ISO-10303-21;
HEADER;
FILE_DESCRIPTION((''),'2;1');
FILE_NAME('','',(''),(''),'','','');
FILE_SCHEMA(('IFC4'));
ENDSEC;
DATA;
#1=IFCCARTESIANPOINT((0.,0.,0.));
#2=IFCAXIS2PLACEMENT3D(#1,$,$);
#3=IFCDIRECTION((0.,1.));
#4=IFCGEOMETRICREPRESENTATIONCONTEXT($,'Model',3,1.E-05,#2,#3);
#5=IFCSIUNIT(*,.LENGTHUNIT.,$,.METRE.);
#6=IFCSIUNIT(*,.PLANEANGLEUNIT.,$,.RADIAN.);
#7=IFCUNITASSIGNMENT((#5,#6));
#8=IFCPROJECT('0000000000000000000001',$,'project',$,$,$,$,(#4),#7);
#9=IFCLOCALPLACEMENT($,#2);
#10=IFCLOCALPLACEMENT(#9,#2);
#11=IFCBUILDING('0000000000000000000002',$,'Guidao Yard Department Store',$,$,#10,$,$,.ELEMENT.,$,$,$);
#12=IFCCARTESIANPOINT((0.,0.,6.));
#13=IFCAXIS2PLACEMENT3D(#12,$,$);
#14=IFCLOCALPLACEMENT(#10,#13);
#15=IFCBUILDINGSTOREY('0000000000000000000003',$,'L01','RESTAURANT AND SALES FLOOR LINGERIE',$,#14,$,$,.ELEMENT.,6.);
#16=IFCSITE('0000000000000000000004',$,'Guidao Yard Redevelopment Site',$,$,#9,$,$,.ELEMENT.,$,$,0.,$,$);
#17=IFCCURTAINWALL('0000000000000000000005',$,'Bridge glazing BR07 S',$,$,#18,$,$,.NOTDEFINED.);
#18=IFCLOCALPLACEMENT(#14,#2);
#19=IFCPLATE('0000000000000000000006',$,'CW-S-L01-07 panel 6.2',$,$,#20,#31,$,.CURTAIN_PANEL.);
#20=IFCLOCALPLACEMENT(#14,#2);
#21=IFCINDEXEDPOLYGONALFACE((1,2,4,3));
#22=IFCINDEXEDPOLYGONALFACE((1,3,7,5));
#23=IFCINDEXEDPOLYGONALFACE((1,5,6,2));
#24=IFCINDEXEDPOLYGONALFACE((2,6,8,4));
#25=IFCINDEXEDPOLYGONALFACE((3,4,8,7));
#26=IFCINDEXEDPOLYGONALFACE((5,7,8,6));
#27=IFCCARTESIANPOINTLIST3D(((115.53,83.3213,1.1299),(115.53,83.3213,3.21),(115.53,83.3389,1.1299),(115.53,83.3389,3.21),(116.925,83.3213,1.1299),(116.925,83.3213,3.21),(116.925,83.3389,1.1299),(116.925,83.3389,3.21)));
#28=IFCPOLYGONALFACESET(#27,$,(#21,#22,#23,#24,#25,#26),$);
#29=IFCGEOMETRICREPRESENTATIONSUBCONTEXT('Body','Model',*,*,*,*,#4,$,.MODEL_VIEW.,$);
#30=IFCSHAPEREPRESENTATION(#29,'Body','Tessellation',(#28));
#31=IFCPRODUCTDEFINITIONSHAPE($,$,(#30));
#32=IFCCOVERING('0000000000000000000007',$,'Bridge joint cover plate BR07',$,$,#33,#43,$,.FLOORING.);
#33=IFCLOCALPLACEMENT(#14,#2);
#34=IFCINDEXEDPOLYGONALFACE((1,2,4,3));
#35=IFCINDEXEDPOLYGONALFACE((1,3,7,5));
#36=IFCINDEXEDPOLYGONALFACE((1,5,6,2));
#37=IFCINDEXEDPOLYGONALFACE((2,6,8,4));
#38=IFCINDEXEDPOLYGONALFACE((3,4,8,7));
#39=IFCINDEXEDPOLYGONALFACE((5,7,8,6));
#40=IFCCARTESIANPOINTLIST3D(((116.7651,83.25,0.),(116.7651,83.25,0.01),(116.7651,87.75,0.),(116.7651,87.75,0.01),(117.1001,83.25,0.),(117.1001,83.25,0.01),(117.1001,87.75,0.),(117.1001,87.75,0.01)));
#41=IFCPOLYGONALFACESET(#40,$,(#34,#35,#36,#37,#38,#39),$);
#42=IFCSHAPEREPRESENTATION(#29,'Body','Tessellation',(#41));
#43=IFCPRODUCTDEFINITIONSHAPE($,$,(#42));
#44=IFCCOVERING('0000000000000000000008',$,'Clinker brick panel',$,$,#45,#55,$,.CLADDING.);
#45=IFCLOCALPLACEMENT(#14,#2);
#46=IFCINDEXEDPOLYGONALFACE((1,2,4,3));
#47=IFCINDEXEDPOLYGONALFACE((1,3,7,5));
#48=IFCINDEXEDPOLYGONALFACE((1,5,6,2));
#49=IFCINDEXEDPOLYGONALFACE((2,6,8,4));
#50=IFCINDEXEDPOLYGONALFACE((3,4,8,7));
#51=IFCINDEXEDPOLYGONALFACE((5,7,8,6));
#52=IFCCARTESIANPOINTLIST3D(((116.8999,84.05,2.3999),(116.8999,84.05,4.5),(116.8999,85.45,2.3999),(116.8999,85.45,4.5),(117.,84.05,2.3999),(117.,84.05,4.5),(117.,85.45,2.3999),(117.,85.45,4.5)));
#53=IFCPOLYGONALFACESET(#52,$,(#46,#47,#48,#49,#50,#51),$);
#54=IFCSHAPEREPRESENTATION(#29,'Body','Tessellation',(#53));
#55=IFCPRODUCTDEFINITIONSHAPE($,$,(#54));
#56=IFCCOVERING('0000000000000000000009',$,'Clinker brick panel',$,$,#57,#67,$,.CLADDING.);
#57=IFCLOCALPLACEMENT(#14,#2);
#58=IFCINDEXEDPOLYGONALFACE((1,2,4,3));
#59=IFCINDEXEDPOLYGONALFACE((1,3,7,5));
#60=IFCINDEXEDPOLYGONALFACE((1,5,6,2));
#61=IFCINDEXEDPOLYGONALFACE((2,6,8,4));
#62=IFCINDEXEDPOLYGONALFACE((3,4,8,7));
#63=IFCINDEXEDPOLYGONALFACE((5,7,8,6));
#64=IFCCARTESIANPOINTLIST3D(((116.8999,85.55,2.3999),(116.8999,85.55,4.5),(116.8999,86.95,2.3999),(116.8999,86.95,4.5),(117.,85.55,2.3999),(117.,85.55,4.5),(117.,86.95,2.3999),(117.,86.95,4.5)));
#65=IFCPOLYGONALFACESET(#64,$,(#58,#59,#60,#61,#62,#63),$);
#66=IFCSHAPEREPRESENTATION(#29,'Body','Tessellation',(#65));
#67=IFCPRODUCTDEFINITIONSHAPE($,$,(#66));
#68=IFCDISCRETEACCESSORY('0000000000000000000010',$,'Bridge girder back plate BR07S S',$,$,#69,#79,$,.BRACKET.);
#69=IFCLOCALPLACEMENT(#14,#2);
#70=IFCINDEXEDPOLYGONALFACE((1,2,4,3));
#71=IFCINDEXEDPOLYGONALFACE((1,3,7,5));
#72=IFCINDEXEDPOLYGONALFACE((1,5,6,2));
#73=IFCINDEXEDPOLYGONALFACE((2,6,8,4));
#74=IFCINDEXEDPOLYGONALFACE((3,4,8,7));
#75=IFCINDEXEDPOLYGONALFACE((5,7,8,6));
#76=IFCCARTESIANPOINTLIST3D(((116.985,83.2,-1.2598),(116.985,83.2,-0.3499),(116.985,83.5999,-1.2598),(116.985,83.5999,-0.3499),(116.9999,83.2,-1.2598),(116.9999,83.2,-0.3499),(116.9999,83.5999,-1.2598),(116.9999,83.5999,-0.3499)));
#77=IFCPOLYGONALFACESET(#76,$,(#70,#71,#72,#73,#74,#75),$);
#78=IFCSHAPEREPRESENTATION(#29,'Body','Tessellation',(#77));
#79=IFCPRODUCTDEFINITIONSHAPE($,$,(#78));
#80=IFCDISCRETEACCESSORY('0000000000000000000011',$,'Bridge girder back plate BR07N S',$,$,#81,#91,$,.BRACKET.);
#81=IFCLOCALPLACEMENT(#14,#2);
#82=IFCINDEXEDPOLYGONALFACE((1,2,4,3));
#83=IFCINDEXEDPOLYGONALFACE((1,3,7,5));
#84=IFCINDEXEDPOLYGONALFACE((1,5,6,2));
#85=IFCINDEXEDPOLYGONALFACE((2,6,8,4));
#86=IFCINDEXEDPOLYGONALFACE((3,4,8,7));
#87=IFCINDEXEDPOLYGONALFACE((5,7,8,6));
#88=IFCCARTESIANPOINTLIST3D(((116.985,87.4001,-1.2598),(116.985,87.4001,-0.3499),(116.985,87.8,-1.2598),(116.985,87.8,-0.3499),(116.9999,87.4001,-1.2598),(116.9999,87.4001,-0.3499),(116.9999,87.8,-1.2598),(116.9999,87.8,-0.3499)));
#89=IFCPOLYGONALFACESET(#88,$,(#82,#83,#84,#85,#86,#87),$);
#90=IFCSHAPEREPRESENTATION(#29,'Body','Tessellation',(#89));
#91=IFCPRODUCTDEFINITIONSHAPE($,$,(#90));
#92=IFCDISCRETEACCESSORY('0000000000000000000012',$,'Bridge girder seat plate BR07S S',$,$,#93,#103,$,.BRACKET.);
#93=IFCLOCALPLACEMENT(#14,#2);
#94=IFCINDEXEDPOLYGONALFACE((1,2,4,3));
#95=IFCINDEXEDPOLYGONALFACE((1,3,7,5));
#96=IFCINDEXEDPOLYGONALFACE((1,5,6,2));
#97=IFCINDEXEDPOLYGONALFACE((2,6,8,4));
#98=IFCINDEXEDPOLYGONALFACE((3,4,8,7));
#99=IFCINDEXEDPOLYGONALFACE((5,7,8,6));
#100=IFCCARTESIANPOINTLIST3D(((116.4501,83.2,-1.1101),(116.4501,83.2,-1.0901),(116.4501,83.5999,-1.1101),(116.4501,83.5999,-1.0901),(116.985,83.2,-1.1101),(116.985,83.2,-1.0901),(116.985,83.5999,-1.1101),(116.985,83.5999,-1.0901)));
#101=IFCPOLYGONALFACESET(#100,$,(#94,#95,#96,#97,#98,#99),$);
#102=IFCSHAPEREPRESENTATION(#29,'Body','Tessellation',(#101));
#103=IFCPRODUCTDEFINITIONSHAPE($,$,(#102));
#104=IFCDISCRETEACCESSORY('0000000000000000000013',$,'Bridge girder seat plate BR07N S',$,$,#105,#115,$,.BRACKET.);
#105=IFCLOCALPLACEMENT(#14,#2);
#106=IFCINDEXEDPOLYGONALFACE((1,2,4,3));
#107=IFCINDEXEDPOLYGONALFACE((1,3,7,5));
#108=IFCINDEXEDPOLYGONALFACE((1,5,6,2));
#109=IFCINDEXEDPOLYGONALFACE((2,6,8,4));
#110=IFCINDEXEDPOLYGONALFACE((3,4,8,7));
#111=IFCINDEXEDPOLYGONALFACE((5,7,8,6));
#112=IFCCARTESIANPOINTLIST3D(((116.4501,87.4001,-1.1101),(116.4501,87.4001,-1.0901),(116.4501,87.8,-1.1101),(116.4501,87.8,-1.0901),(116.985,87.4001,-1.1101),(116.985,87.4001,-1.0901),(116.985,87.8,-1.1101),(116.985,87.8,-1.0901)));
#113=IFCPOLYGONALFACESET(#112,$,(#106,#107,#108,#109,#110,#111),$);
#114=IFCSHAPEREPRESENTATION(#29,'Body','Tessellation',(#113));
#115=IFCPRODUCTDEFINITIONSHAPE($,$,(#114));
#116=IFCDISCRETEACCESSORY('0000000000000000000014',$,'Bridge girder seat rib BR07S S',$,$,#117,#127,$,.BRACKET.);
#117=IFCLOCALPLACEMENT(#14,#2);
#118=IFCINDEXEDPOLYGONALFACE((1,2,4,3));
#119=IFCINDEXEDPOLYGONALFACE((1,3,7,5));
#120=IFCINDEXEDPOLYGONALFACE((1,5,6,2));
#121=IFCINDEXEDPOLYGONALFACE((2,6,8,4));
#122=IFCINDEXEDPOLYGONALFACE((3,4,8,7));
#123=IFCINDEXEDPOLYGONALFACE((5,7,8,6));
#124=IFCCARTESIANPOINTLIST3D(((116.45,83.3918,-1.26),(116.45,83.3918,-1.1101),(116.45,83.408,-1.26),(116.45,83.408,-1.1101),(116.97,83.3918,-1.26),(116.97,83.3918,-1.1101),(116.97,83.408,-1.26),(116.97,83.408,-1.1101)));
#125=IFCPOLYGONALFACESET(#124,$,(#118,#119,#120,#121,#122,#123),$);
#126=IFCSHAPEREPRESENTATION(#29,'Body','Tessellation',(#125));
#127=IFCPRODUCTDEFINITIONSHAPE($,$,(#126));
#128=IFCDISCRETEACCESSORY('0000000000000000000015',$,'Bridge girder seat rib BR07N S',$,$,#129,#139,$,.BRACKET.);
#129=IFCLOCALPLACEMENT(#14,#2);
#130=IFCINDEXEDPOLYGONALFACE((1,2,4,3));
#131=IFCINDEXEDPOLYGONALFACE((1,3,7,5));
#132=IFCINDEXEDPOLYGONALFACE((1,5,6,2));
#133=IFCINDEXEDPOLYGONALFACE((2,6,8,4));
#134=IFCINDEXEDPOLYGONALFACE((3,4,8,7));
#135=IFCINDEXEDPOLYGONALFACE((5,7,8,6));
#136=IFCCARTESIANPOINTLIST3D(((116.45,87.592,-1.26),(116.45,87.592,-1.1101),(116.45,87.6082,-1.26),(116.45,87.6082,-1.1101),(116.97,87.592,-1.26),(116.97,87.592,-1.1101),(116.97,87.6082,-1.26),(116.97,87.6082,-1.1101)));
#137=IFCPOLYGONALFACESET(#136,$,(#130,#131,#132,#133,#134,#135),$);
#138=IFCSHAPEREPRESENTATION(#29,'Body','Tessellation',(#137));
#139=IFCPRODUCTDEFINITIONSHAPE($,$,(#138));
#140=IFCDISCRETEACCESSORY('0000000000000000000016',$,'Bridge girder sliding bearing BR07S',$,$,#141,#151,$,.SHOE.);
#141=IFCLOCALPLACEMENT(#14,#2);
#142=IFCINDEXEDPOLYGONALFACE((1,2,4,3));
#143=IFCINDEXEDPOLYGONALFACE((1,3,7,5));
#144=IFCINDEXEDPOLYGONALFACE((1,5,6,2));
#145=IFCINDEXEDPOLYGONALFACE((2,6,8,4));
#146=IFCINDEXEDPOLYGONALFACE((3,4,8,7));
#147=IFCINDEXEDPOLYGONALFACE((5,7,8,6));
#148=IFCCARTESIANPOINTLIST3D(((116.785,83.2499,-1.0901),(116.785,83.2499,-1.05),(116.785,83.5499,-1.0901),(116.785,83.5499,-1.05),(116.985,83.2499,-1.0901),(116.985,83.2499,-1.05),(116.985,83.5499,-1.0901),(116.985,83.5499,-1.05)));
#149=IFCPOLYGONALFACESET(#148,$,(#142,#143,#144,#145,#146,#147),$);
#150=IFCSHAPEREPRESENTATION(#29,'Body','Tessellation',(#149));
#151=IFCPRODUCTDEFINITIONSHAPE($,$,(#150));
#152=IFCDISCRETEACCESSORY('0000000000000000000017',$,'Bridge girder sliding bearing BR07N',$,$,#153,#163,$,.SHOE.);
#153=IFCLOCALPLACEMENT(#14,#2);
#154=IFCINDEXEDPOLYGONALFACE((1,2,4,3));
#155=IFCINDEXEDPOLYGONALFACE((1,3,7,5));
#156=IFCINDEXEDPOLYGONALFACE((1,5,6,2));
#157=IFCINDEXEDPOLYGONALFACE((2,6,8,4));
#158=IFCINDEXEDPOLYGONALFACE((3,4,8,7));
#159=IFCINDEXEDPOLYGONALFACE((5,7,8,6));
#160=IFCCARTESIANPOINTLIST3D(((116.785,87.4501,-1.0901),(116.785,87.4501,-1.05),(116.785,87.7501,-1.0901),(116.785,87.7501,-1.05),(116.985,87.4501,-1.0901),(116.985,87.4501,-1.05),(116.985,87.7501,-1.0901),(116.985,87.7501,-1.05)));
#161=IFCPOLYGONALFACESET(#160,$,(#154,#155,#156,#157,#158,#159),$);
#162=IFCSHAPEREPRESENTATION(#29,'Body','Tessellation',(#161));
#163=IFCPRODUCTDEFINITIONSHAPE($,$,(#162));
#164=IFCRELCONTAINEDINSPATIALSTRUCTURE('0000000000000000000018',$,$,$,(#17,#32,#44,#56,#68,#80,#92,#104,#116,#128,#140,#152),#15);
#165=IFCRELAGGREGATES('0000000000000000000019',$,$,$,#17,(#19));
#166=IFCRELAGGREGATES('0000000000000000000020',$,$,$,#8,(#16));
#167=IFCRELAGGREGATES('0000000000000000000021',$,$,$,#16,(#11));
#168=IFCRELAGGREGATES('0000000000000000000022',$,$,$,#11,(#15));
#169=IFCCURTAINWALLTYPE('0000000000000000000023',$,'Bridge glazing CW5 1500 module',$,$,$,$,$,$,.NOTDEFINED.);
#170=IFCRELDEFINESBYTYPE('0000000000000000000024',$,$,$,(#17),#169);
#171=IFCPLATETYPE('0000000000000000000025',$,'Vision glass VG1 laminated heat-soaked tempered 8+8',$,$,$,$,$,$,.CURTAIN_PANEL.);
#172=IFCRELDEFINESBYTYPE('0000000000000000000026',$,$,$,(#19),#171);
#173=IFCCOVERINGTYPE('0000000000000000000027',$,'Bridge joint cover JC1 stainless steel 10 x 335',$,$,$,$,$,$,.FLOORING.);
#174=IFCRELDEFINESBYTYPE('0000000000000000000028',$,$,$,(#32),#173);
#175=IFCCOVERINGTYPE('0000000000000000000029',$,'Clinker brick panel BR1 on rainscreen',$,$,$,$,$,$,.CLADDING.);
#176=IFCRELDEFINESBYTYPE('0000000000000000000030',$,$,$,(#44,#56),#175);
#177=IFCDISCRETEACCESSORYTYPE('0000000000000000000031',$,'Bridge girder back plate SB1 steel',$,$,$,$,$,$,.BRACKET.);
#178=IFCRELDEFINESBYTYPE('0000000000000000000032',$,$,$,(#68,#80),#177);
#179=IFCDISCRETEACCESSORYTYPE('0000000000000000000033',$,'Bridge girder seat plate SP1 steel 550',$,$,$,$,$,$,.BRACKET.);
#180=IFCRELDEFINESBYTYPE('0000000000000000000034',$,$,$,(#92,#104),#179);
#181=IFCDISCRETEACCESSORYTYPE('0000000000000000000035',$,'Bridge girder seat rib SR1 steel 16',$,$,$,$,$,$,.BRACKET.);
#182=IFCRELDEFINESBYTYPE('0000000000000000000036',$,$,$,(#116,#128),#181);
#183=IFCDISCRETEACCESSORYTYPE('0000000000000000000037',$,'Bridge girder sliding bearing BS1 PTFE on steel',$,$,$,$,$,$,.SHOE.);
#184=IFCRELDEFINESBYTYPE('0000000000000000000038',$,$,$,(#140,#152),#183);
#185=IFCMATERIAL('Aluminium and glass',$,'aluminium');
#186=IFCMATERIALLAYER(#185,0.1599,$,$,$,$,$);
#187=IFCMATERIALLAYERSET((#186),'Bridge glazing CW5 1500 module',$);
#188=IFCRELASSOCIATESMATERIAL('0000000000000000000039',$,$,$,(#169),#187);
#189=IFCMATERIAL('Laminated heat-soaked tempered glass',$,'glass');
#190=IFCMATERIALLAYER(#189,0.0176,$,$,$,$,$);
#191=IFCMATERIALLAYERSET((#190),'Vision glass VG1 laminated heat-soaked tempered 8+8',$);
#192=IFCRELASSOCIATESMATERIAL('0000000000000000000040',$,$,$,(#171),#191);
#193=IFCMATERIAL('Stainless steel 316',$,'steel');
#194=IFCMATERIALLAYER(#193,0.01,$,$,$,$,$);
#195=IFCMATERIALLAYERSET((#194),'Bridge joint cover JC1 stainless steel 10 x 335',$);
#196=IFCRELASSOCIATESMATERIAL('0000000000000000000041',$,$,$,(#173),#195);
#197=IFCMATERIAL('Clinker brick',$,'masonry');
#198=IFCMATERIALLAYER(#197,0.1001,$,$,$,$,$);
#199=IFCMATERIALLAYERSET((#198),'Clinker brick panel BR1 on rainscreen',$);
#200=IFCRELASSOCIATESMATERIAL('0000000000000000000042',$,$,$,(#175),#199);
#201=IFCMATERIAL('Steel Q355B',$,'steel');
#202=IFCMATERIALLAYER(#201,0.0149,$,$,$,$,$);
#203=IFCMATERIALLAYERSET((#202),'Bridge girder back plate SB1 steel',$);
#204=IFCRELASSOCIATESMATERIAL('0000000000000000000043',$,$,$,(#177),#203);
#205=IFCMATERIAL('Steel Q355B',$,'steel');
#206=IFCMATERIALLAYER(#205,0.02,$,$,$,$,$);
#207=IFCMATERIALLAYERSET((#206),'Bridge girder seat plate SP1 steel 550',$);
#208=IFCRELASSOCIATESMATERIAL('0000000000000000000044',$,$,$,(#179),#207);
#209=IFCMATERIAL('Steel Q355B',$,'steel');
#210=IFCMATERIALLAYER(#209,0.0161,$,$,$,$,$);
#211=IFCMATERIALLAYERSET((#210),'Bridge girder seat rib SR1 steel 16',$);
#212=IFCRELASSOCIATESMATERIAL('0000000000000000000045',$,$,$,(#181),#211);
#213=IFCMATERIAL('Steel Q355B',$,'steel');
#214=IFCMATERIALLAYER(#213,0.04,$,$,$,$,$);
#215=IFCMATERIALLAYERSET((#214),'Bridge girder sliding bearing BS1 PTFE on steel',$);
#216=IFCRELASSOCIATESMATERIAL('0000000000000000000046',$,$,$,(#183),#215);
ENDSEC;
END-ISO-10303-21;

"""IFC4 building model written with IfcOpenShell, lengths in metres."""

from ifc_helpers import new_model, si_unit, direction, frame, origin, origin_2d, place, context, subcontext, project, spatial, rectangle, extrude, material, layer, layer_set, type_object, element, aggregate, save


model = new_model("IFC4")

# Units and contexts
model_context = context("Model", 3, precision=1e-05, world=origin(), true_north=direction((0.0, 1.0)))
body_context = subcontext(model_context, "Body", "Model", "MODEL_VIEW")
ifc_project = project(units=[si_unit("LENGTHUNIT", "METRE"), si_unit("PLANEANGLEUNIT", "RADIAN")], contexts=[model_context])

# Site, building, storey
site_placement = place(None, origin())
site = spatial("IfcSite", under=ifc_project, at=site_placement, Name="Guidao Yard Redevelopment Site", CompositionType="ELEMENT", RefElevation=0.0)
building_placement = place(site_placement, origin())
building = spatial("IfcBuilding", under=site, at=building_placement, Name="Guidao Yard Department Store", CompositionType="ELEMENT")
storey_placement = place(building_placement, frame((0.0, 0.0, 6.0)))
storey = spatial("IfcBuildingStorey", under=building, at=storey_placement, Name="L01", Description="RESTAURANT AND SALES FLOOR LINGERIE", CompositionType="ELEMENT", Elevation=6.0)

# Curtain wall
ifc_material_1 = material(Name="Aluminium and glass", Category="aluminium")
ifc_layer_1 = layer(ifc_material_1, 0.1599)
ifc_layer_set_1 = layer_set([ifc_layer_1], Name="Bridge glazing CW5 1500 module")
curtain_wall_type = type_object("IfcCurtainWallType", Name="Bridge glazing CW5 1500 module", PredefinedType="NOTDEFINED", material=ifc_layer_set_1)
curtain_wall_1_placement = place(storey_placement, origin())
curtain_wall_1 = element("IfcCurtainWall", 1, at=curtain_wall_1_placement, inside=storey, type_object=curtain_wall_type, Name="Bridge glazing BR07 S", PredefinedType="NOTDEFINED")

# Plate
ifc_material_2 = material(Name="Laminated heat-soaked tempered glass", Category="glass")
ifc_layer_2 = layer(ifc_material_2, 0.0176)
ifc_layer_set_2 = layer_set([ifc_layer_2], Name="Vision glass VG1 laminated heat-soaked tempered 8+8")
plate_type_1 = type_object("IfcPlateType", Name="Vision glass VG1 laminated heat-soaked tempered 8+8", PredefinedType="CURTAIN_PANEL", material=ifc_layer_set_2)
plate_1_placement = place(storey_placement, frame((116.2275, 83.3301, 1.1299), z_axis=(0.0, 0.0, 1.0), x_axis=(-1.0, 0.0, 0.0)))
plate_1 = element("IfcPlate", 2, at=plate_1_placement, type_object=plate_type_1, Name="CW-S-L01-07 panel 6.2", PredefinedType="CURTAIN_PANEL", context=body_context, shape_type="SweptSolid", body=[
    extrude(rectangle(XDim=1.395, YDim=0.0176, at=origin_2d()), origin(), (0.0, 0.0, 1.0), 2.0801),
])
aggregate(curtain_wall_1, [plate_1])

# Coverings
ifc_material_3 = material(Name="Stainless steel 316", Category="steel")
ifc_layer_3 = layer(ifc_material_3, 0.01)
ifc_layer_set_3 = layer_set([ifc_layer_3], Name="Bridge joint cover JC1 stainless steel 10 x 335")
covering_type_1 = type_object("IfcCoveringType", Name="Bridge joint cover JC1 stainless steel 10 x 335", PredefinedType="FLOORING", material=ifc_layer_set_3)
covering_placement = place(storey_placement, frame((116.9326, 85.5, 0.0), z_axis=(0.0, 0.0, 1.0), x_axis=(1.0, 0.0, 0.0)))
element("IfcCovering", 3, at=covering_placement, inside=storey, type_object=covering_type_1, Name="Bridge joint cover plate BR07", PredefinedType="FLOORING", context=body_context, shape_type="SweptSolid", body=[
    extrude(rectangle(XDim=0.335, YDim=4.5, at=origin_2d()), origin(), (0.0, 0.0, 1.0), 0.01),
])
ifc_material_4 = material(Name="Clinker brick", Category="masonry")
ifc_layer_4 = layer(ifc_material_4, 0.1001)
ifc_layer_set_4 = layer_set([ifc_layer_4], Name="Clinker brick panel BR1 on rainscreen")
covering_type_2 = type_object("IfcCoveringType", Name="Clinker brick panel BR1 on rainscreen", PredefinedType="CLADDING", material=ifc_layer_set_4)
for number, where, z_axis, x_axis, name in (
    (4, (116.95, 84.75, 2.3999), (0.0, 0.0, 1.0), (0.0, 1.0, 0.0), "Clinker brick panel"),
    (5, (116.95, 86.25, 2.3999), (0.0, 0.0, 1.0), (0.0, 1.0, 0.0), "Clinker brick panel"),
):
    element("IfcCovering", number, at=place(storey_placement, frame(where, z_axis=z_axis, x_axis=x_axis)), inside=storey, type_object=covering_type_2, Name=name, PredefinedType="CLADDING", context=body_context, shape_type="SweptSolid", body=[
        extrude(rectangle(XDim=1.3999, YDim=0.1001, at=origin_2d()), origin(), (0.0, 0.0, 1.0), 2.1001),
    ])

# Discrete accessories
ifc_material_5 = material(Name="Steel Q355B", Category="steel")
ifc_layer_5 = layer(ifc_material_5, 0.0149)
ifc_layer_set_5 = layer_set([ifc_layer_5], Name="Bridge girder back plate SB1 steel")
discrete_accessory_type_1 = type_object("IfcDiscreteAccessoryType", Name="Bridge girder back plate SB1 steel", PredefinedType="BRACKET", material=ifc_layer_set_5)
for number, where, z_axis, x_axis, name in (
    (6, (116.9924, 83.3999, -1.2598), (0.0, 0.0, 1.0), (1.0, 0.0, 0.0), "Bridge girder back plate BR07S S"),
    (7, (116.9924, 87.6001, -1.2598), (0.0, 0.0, 1.0), (1.0, 0.0, 0.0), "Bridge girder back plate BR07N S"),
):
    element("IfcDiscreteAccessory", number, at=place(storey_placement, frame(where, z_axis=z_axis, x_axis=x_axis)), inside=storey, type_object=discrete_accessory_type_1, Name=name, PredefinedType="BRACKET", context=body_context, shape_type="SweptSolid", body=[
        extrude(rectangle(XDim=0.0149, YDim=0.3999, at=origin_2d()), origin(), (0.0, 0.0, 1.0), 0.9099),
    ])
ifc_material_6 = material(Name="Steel Q355B", Category="steel")
ifc_layer_6 = layer(ifc_material_6, 0.02)
ifc_layer_set_6 = layer_set([ifc_layer_6], Name="Bridge girder seat plate SP1 steel 550")
discrete_accessory_type_2 = type_object("IfcDiscreteAccessoryType", Name="Bridge girder seat plate SP1 steel 550", PredefinedType="BRACKET", material=ifc_layer_set_6)
for number, where, z_axis, x_axis, name in (
    (8, (116.7175, 83.3999, -1.1101), (0.0, 0.0, 1.0), (1.0, 0.0, 0.0), "Bridge girder seat plate BR07S S"),
    (9, (116.7175, 87.6001, -1.1101), (0.0, 0.0, 1.0), (1.0, 0.0, 0.0), "Bridge girder seat plate BR07N S"),
):
    element("IfcDiscreteAccessory", number, at=place(storey_placement, frame(where, z_axis=z_axis, x_axis=x_axis)), inside=storey, type_object=discrete_accessory_type_2, Name=name, PredefinedType="BRACKET", context=body_context, shape_type="SweptSolid", body=[
        extrude(rectangle(XDim=0.5349, YDim=0.3999, at=origin_2d()), origin(), (0.0, 0.0, 1.0), 0.02),
    ])
ifc_material_7 = material(Name="Steel Q355B", Category="steel")
ifc_layer_7 = layer(ifc_material_7, 0.0161)
ifc_layer_set_7 = layer_set([ifc_layer_7], Name="Bridge girder seat rib SR1 steel 16")
discrete_accessory_type_3 = type_object("IfcDiscreteAccessoryType", Name="Bridge girder seat rib SR1 steel 16", PredefinedType="BRACKET", material=ifc_layer_set_7)
for number, where, z_axis, x_axis, name in (
    (10, (116.71, 83.3999, -1.26), (0.0, 0.0, 1.0), (1.0, 0.0, 0.0), "Bridge girder seat rib BR07S S"),
    (11, (116.71, 87.6001, -1.26), (0.0, 0.0, 1.0), (1.0, 0.0, 0.0), "Bridge girder seat rib BR07N S"),
):
    element("IfcDiscreteAccessory", number, at=place(storey_placement, frame(where, z_axis=z_axis, x_axis=x_axis)), inside=storey, type_object=discrete_accessory_type_3, Name=name, PredefinedType="BRACKET", context=body_context, shape_type="SweptSolid", body=[
        extrude(rectangle(XDim=0.52, YDim=0.0161, at=origin_2d()), origin(), (0.0, 0.0, 1.0), 0.1499),
    ])
ifc_material_8 = material(Name="Steel Q355B", Category="steel")
ifc_layer_8 = layer(ifc_material_8, 0.04)
ifc_layer_set_8 = layer_set([ifc_layer_8], Name="Bridge girder sliding bearing BS1 PTFE on steel")
discrete_accessory_type_4 = type_object("IfcDiscreteAccessoryType", Name="Bridge girder sliding bearing BS1 PTFE on steel", PredefinedType="SHOE", material=ifc_layer_set_8)
for number, where, z_axis, x_axis, name in (
    (12, (116.885, 83.3999, -1.0901), (0.0, 0.0, 1.0), (1.0, 0.0, 0.0), "Bridge girder sliding bearing BR07S"),
    (13, (116.885, 87.6001, -1.0901), (0.0, 0.0, 1.0), (1.0, 0.0, 0.0), "Bridge girder sliding bearing BR07N"),
):
    element("IfcDiscreteAccessory", number, at=place(storey_placement, frame(where, z_axis=z_axis, x_axis=x_axis)), inside=storey, type_object=discrete_accessory_type_4, Name=name, PredefinedType="SHOE", context=body_context, shape_type="SweptSolid", body=[
        extrude(rectangle(XDim=0.2, YDim=0.3, at=origin_2d()), origin(), (0.0, 0.0, 1.0), 0.04),
    ])

save(model, "model.ifc")
